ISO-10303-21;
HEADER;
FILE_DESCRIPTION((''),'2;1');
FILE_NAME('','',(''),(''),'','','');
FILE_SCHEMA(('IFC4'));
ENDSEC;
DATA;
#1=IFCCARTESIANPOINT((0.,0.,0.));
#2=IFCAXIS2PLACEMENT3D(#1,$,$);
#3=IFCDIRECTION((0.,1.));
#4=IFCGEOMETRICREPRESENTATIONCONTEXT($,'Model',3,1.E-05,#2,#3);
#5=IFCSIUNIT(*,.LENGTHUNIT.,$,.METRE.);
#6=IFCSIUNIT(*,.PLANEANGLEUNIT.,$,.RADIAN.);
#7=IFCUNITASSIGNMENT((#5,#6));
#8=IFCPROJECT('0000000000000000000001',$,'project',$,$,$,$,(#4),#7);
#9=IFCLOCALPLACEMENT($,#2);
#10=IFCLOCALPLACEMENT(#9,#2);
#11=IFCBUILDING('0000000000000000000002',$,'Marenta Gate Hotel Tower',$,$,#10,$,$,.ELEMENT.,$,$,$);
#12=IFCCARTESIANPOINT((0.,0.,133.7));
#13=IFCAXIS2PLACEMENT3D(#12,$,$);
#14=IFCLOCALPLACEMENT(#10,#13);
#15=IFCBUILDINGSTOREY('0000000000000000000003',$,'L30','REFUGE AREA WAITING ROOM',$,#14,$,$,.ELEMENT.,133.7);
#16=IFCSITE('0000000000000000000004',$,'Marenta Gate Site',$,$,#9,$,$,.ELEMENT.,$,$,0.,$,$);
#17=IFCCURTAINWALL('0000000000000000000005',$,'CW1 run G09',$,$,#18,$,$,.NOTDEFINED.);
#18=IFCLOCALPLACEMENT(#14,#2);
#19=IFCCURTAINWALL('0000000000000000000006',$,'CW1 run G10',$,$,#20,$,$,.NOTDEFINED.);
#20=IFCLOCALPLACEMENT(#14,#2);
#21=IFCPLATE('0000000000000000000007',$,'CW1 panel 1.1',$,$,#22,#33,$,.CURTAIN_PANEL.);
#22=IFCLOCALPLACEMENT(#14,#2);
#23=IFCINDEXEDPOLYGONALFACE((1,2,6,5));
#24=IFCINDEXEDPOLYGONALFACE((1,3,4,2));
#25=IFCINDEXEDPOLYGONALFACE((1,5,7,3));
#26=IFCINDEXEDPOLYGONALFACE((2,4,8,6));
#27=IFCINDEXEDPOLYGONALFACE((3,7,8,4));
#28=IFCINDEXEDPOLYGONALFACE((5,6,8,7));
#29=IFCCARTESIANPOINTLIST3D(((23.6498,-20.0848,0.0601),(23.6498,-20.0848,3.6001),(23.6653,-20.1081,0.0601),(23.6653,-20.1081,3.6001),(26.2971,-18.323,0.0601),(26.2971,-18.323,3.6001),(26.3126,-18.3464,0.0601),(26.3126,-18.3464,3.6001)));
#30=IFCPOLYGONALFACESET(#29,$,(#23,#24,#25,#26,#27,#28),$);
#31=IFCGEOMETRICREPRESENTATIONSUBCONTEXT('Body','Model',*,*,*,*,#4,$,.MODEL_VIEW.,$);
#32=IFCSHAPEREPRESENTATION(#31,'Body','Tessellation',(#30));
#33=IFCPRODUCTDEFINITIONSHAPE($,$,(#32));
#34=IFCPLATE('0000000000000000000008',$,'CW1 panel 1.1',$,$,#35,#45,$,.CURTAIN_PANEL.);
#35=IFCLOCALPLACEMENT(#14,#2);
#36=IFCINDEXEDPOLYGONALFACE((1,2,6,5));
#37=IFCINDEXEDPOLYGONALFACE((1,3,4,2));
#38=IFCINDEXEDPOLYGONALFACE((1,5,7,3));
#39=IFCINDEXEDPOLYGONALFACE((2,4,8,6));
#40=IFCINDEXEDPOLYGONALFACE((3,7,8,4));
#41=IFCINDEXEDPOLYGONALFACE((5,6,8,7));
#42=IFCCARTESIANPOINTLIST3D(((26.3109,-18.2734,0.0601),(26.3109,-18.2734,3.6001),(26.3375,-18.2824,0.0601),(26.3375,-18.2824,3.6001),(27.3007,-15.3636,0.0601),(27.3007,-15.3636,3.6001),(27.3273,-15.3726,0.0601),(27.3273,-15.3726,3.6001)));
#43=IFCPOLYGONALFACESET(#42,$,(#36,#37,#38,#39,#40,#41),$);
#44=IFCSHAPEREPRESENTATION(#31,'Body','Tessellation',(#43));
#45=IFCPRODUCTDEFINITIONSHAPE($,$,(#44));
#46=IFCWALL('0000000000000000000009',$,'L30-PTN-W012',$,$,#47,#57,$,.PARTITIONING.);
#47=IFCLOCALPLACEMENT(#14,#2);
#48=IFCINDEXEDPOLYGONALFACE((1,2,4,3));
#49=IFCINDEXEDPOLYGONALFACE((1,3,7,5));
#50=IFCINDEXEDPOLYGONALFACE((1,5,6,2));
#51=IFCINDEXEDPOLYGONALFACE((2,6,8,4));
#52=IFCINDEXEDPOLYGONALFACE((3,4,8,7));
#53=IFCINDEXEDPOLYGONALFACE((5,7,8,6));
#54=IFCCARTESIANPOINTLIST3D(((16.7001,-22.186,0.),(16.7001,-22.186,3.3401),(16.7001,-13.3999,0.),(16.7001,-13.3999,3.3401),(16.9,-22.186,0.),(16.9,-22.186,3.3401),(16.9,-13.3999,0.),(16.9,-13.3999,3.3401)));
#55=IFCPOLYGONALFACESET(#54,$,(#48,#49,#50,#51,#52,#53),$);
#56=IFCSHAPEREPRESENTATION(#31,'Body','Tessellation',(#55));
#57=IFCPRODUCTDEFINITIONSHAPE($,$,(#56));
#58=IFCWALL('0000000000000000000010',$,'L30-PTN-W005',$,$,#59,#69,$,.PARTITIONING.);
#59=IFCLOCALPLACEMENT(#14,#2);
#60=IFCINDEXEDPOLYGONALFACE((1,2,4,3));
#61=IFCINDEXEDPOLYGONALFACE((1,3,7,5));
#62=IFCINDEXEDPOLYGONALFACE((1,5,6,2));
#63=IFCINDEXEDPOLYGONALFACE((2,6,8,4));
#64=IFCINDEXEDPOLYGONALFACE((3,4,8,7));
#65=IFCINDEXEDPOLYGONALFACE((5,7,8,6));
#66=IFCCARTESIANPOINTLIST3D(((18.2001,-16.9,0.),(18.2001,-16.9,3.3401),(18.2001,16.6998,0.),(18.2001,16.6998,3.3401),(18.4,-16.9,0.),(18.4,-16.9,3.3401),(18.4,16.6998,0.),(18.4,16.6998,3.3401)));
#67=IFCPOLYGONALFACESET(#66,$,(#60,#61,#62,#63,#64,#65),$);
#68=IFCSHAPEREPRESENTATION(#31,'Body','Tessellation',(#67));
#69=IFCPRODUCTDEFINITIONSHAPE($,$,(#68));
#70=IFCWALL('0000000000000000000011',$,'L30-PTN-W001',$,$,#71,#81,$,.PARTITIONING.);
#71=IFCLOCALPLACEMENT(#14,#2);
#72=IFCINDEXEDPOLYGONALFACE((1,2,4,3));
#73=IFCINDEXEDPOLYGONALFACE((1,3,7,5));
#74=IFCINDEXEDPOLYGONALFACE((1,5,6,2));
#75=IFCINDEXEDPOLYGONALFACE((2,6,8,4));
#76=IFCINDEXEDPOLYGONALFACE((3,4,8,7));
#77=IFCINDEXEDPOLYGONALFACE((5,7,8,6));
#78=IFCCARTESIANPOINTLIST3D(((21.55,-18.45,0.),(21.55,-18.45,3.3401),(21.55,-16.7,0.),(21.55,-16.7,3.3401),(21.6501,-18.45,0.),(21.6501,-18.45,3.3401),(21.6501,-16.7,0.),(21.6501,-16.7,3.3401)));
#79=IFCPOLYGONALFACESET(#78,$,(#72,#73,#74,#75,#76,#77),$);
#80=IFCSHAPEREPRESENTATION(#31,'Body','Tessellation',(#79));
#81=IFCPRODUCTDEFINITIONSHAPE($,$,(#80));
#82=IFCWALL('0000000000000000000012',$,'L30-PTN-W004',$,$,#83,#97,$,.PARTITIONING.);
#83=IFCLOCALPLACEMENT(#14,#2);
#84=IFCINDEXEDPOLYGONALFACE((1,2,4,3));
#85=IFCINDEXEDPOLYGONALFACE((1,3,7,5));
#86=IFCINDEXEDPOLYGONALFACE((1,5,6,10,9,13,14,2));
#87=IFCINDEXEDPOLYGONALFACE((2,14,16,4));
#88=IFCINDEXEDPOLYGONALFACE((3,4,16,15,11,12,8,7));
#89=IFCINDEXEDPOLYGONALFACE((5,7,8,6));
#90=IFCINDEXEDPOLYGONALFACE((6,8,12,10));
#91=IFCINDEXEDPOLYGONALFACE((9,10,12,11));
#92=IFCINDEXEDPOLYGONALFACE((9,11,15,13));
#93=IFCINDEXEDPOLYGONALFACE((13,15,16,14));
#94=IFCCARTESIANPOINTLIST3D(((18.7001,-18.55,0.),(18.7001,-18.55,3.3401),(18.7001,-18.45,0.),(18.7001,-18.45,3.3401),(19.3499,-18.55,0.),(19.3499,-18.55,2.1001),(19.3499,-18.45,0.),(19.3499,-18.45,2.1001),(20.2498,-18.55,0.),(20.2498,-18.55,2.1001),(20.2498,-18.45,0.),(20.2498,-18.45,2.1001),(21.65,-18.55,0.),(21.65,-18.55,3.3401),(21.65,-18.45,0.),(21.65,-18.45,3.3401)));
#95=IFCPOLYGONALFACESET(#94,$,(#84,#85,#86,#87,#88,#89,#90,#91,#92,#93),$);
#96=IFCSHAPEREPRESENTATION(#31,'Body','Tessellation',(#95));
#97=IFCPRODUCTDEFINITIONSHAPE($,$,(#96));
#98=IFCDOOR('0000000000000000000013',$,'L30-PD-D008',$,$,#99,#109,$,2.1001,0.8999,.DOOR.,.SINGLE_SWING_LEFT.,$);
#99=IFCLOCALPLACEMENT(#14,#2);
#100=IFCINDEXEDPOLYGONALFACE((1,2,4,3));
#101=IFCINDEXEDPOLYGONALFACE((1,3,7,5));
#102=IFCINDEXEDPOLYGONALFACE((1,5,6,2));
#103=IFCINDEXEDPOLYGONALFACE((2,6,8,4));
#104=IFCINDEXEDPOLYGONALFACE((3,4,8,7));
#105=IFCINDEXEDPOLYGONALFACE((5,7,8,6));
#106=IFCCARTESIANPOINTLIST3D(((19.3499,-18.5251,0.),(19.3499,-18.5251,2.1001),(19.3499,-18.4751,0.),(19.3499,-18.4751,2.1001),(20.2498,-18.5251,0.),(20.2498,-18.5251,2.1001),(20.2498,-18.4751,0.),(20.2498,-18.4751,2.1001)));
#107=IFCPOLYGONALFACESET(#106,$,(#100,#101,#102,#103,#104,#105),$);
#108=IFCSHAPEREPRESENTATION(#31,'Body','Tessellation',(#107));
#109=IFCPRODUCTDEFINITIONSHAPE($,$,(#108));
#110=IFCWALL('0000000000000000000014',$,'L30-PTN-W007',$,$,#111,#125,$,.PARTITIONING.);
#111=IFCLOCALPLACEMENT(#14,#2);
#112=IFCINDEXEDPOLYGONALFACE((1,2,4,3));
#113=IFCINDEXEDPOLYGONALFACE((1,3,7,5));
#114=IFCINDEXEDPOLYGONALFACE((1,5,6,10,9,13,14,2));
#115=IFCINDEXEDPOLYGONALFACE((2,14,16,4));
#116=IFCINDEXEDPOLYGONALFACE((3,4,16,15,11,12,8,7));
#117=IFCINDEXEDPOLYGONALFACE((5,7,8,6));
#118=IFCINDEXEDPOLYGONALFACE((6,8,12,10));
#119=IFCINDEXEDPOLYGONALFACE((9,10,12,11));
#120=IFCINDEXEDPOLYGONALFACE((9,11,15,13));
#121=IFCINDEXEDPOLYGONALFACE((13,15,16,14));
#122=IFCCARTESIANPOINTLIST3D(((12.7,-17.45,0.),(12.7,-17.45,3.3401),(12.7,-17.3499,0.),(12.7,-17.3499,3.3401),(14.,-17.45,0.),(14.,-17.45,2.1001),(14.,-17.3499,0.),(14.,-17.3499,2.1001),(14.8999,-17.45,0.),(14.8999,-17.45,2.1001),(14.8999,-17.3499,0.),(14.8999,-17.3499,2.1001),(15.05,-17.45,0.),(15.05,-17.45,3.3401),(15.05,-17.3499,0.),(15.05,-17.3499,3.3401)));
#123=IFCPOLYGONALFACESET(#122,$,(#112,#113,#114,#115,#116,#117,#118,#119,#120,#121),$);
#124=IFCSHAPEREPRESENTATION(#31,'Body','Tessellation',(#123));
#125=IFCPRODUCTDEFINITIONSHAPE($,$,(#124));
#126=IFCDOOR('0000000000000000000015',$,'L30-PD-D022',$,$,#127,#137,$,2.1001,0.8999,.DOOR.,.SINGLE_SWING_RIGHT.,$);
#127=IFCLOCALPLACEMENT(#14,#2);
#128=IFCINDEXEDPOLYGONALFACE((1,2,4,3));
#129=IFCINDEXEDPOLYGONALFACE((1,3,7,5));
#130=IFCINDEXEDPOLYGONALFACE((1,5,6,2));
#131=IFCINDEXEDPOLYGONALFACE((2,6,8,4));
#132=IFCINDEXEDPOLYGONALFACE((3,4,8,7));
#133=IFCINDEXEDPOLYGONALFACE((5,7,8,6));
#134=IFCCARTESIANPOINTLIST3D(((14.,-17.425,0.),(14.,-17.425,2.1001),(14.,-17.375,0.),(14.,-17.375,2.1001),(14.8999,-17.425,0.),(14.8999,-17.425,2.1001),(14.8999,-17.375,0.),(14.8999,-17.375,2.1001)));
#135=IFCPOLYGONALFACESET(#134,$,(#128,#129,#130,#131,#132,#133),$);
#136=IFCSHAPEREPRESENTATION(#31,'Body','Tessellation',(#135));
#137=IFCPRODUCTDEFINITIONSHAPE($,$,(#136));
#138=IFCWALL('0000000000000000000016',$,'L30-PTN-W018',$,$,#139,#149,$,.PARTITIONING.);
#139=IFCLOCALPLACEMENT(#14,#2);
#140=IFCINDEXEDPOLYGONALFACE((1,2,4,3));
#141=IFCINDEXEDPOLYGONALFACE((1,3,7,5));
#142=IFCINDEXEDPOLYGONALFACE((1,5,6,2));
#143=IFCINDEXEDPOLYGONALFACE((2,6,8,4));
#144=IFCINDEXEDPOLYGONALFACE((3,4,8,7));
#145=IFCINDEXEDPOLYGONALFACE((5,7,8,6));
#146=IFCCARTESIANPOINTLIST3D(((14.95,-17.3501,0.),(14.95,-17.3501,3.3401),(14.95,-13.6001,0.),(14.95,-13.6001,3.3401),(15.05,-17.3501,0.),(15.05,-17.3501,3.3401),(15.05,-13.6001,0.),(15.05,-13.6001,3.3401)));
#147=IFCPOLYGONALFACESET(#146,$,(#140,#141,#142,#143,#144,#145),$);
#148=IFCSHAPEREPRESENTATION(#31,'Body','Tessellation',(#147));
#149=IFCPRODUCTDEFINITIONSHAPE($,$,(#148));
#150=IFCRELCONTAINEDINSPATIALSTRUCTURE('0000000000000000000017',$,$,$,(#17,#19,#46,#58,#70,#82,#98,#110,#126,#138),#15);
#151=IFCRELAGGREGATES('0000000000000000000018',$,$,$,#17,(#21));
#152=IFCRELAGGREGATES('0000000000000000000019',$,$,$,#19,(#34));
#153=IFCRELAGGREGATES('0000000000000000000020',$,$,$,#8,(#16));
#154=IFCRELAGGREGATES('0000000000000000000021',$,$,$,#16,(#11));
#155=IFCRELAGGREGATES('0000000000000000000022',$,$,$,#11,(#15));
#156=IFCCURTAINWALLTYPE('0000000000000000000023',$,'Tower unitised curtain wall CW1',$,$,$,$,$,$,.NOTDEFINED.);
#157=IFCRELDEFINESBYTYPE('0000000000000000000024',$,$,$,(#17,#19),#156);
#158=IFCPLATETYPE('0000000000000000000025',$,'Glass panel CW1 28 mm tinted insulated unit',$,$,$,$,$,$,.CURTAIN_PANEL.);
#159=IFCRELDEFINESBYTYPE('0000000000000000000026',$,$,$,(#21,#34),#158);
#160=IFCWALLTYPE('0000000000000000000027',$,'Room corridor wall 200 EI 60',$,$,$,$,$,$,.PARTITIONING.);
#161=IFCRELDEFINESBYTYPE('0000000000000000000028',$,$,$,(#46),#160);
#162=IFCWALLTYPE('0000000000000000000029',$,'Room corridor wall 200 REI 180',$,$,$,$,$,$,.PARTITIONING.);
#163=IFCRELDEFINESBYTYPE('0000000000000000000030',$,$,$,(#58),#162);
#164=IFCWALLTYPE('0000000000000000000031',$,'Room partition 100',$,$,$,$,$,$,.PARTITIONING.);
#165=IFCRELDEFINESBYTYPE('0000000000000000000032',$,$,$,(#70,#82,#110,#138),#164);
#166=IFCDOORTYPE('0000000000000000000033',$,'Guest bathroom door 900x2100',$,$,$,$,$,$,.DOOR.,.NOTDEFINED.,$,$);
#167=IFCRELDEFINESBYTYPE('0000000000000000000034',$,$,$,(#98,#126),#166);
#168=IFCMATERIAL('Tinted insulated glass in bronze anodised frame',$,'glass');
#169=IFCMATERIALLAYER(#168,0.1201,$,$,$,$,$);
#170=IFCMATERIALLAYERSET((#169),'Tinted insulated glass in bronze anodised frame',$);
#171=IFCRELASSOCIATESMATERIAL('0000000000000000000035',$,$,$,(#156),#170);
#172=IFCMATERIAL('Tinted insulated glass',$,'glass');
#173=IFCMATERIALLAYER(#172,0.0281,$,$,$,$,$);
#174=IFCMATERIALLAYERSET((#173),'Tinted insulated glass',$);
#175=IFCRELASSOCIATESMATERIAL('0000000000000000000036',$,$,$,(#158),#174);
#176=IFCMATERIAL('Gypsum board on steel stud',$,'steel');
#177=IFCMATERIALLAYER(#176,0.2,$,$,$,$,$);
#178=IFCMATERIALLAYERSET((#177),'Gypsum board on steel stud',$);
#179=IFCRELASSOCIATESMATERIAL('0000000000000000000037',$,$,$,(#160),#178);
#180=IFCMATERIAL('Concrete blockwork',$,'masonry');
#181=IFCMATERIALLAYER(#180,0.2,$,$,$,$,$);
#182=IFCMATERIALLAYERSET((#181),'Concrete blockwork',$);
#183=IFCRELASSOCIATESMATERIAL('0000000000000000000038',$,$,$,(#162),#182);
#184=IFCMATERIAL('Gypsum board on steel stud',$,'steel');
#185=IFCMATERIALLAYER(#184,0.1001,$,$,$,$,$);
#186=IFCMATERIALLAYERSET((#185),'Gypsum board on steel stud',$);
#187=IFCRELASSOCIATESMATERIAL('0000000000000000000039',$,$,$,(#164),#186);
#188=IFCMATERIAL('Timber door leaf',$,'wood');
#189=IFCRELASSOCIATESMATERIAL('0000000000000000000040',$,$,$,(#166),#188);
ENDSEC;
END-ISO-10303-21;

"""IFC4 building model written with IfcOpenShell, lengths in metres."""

from ifc_helpers import new_model, si_unit, direction, frame, frame_2d, origin, origin_2d, place, context, subcontext, project, spatial, rectangle, extrude, material, layer, layer_set, type_object, element, fill, aggregate, save


model = new_model("IFC4")

# Units and contexts
model_context = context("Model", 3, precision=1e-05, world=origin(), true_north=direction((0.0, 1.0)))
body_context = subcontext(model_context, "Body", "Model", "MODEL_VIEW")
ifc_project = project(units=[si_unit("LENGTHUNIT", "METRE"), si_unit("PLANEANGLEUNIT", "RADIAN")], contexts=[model_context])

# Site, building, storey
site_placement = place(None, origin())
site = spatial("IfcSite", under=ifc_project, at=site_placement, Name="Marenta Gate Site", CompositionType="ELEMENT", RefElevation=0.0)
building_placement = place(site_placement, origin())
building = spatial("IfcBuilding", under=site, at=building_placement, Name="Marenta Gate Hotel Tower", CompositionType="ELEMENT")
storey_placement = place(building_placement, frame((0.0, 0.0, 133.7)))
storey = spatial("IfcBuildingStorey", under=building, at=storey_placement, Name="L30", Description="REFUGE AREA WAITING ROOM", CompositionType="ELEMENT", Elevation=133.7)

# Shared definitions
ifc_material_1 = material(Name="Tinted insulated glass in bronze anodised frame", Category="glass")
ifc_layer_1 = layer(ifc_material_1, 0.1201)
ifc_layer_set_1 = layer_set([ifc_layer_1], Name="Tinted insulated glass in bronze anodised frame")
curtain_wall_type = type_object("IfcCurtainWallType", Name="Tower unitised curtain wall CW1", PredefinedType="NOTDEFINED", material=ifc_layer_set_1)

# Curtain walls
curtain_wall_1_placement = place(storey_placement, origin())
curtain_wall_1 = element("IfcCurtainWall", 1, at=curtain_wall_1_placement, inside=storey, type_object=curtain_wall_type, Name="CW1 run G09", PredefinedType="NOTDEFINED")
curtain_wall_2_placement = place(storey_placement, origin())
curtain_wall_2 = element("IfcCurtainWall", 2, at=curtain_wall_2_placement, inside=storey, type_object=curtain_wall_type, Name="CW1 run G10", PredefinedType="NOTDEFINED")

# Plates
ifc_material_2 = material(Name="Tinted insulated glass", Category="glass")
ifc_layer_2 = layer(ifc_material_2, 0.0281)
ifc_layer_set_2 = layer_set([ifc_layer_2], Name="Tinted insulated glass")
plate_type = type_object("IfcPlateType", Name="Glass panel CW1 28 mm tinted insulated unit", PredefinedType="CURTAIN_PANEL", material=ifc_layer_set_2)
plate_1_placement = place(storey_placement, frame((24.9812, -19.2156, 0.0601), z_axis=(0.0, 0.0, 1.0), x_axis=(0.832506, 0.554016, 0.0)))
plate_1 = element("IfcPlate", 3, at=plate_1_placement, type_object=plate_type, Name="CW1 panel 1.1", PredefinedType="CURTAIN_PANEL", context=body_context, shape_type="SweptSolid", body=[
    extrude(rectangle(XDim=3.1799, YDim=0.0281, at=origin_2d()), origin(), (0.0, 0.0, 1.0), 3.54),
])
aggregate(curtain_wall_1, [plate_1])
plate_2_placement = place(storey_placement, frame((26.8191, -16.823, 0.0601), z_axis=(0.0, 0.0, 1.0), x_axis=(0.322033, 0.946728, 0.0)))
plate_2 = element("IfcPlate", 4, at=plate_2_placement, type_object=plate_type, Name="CW1 panel 1.1", PredefinedType="CURTAIN_PANEL", context=body_context, shape_type="SweptSolid", body=[
    extrude(rectangle(XDim=3.0735, YDim=0.0281, at=origin_2d()), origin(), (0.0, 0.0, 1.0), 3.54),
])
aggregate(curtain_wall_2, [plate_2])

# Shared definitions
ifc_material_3 = material(Name="Gypsum board on steel stud", Category="steel")
ifc_layer_3 = layer(ifc_material_3, 0.2)
ifc_layer_set_3 = layer_set([ifc_layer_3], Name="Gypsum board on steel stud")
wall_type_1 = type_object("IfcWallType", Name="Room corridor wall 200 EI 60", PredefinedType="PARTITIONING", material=ifc_layer_set_3)

# Walls
wall_1_placement = place(storey_placement, frame((16.8, -22.186, 0.0), z_axis=(0.0, 0.0, 1.0), x_axis=(0.0, 1.0, 0.0)))
element("IfcWall", 5, at=wall_1_placement, inside=storey, type_object=wall_type_1, Name="L30-PTN-W012", PredefinedType="PARTITIONING", context=body_context, shape_type="SweptSolid", body=[
    extrude(rectangle(XDim=8.7861, YDim=0.2, at=frame_2d((4.3931, 0.0))), origin(), (0.0, 0.0, 1.0), 3.3401),
])
ifc_material_4 = material(Name="Concrete blockwork", Category="masonry")
ifc_layer_4 = layer(ifc_material_4, 0.2)
ifc_layer_set_4 = layer_set([ifc_layer_4], Name="Concrete blockwork")
wall_type_2 = type_object("IfcWallType", Name="Room corridor wall 200 REI 180", PredefinedType="PARTITIONING", material=ifc_layer_set_4)
wall_2_placement = place(storey_placement, frame((18.3, -16.8999, 0.0), z_axis=(0.0, 0.0, 1.0), x_axis=(0.0, 1.0, 0.0)))
element("IfcWall", 6, at=wall_2_placement, inside=storey, type_object=wall_type_2, Name="L30-PTN-W005", PredefinedType="PARTITIONING", context=body_context, shape_type="SweptSolid", body=[
    extrude(rectangle(XDim=33.5999, YDim=0.2, at=frame_2d((16.7998, 0.0))), origin(), (0.0, 0.0, 1.0), 3.3401),
])
ifc_material_5 = material(Name="Gypsum board on steel stud", Category="steel")
ifc_layer_5 = layer(ifc_material_5, 0.1001)
ifc_layer_set_5 = layer_set([ifc_layer_5], Name="Gypsum board on steel stud")
wall_type_3 = type_object("IfcWallType", Name="Room partition 100", PredefinedType="PARTITIONING", material=ifc_layer_set_5)
wall_3_placement = place(storey_placement, frame((21.6001, -18.45, 0.0), z_axis=(0.0, 0.0, 1.0), x_axis=(0.0, 1.0, 0.0)))
element("IfcWall", 7, at=wall_3_placement, inside=storey, type_object=wall_type_3, Name="L30-PTN-W001", PredefinedType="PARTITIONING", context=body_context, shape_type="SweptSolid", body=[
    extrude(rectangle(XDim=1.75, YDim=0.1001, at=frame_2d((0.875, 0.0))), origin(), (0.0, 0.0, 1.0), 3.3401),
])

# Walls, openings, doors
wall_4_placement = place(storey_placement, frame((18.7, -18.5, 0.0), z_axis=(0.0, 0.0, 1.0), x_axis=(1.0, 0.0, 0.0)))
wall_4 = element("IfcWall", 8, at=wall_4_placement, inside=storey, type_object=wall_type_3, Name="L30-PTN-W004", PredefinedType="PARTITIONING", context=body_context, shape_type="SweptSolid", body=[
    extrude(rectangle(XDim=2.95, YDim=0.1001, at=frame_2d((1.4751, 0.0))), origin(), (0.0, 0.0, 1.0), 3.3401),
])
opening_1_placement = place(wall_4_placement, frame((0.6499, 0.0, 0.0)))
opening_1 = element("IfcOpeningElement", 9, at=opening_1_placement, cuts=wall_4, PredefinedType="OPENING", context=body_context, shape_type="SweptSolid", body=[
    extrude(rectangle(XDim=0.8999, YDim=2.1001, at=frame_2d((0.45, 1.05))), frame((0.0, 0.05, 0.0), z_axis=(0.0, -1.0, 0.0), x_axis=(1.0, 0.0, 0.0)), (0.0, 0.0, 1.0), 0.1001),
])
ifc_material_6 = material(Name="Timber door leaf", Category="wood")
door_type_1 = type_object("IfcDoorType", Name="Guest bathroom door 900x2100", OperationType="NOTDEFINED", PredefinedType="DOOR", material=ifc_material_6)
door_1_placement = place(opening_1_placement, origin())
door_1 = element("IfcDoor", 10, at=door_1_placement, inside=storey, type_object=door_type_1, Name="L30-PD-D008", OperationType="SINGLE_SWING_LEFT", OverallHeight=2.1001, OverallWidth=0.8999, PredefinedType="DOOR", context=body_context, shape_type="SweptSolid", body=[
    extrude(rectangle(XDim=0.8999, YDim=2.1001, at=frame_2d((0.45, 1.05))), frame((0.0, 0.0249, 0.0), z_axis=(0.0, -1.0, 0.0), x_axis=(1.0, 0.0, 0.0)), (0.0, 0.0, 1.0), 0.05),
])
fill(opening_1, door_1)
wall_5_placement = place(storey_placement, frame((12.7, -17.3999, 0.0), z_axis=(0.0, 0.0, 1.0), x_axis=(1.0, 0.0, 0.0)))
wall_5 = element("IfcWall", 11, at=wall_5_placement, inside=storey, type_object=wall_type_3, Name="L30-PTN-W007", PredefinedType="PARTITIONING", context=body_context, shape_type="SweptSolid", body=[
    extrude(rectangle(XDim=2.3501, YDim=0.1001, at=frame_2d((1.175, 0.0))), origin(), (0.0, 0.0, 1.0), 3.3401),
])
opening_2_placement = place(wall_5_placement, frame((1.3, 0.0, 0.0)))
opening_2 = element("IfcOpeningElement", 12, at=opening_2_placement, cuts=wall_5, PredefinedType="OPENING", context=body_context, shape_type="SweptSolid", body=[
    extrude(rectangle(XDim=0.8999, YDim=2.1001, at=frame_2d((0.45, 1.05))), frame((0.0, 0.05, 0.0), z_axis=(0.0, -1.0, 0.0), x_axis=(1.0, 0.0, 0.0)), (0.0, 0.0, 1.0), 0.1001),
])
door_2_placement = place(opening_2_placement, origin())
door_2 = element("IfcDoor", 13, at=door_2_placement, inside=storey, type_object=door_type_1, Name="L30-PD-D022", OperationType="SINGLE_SWING_RIGHT", OverallHeight=2.1001, OverallWidth=0.8999, PredefinedType="DOOR", context=body_context, shape_type="SweptSolid", body=[
    extrude(rectangle(XDim=0.8999, YDim=2.1001, at=frame_2d((0.45, 1.05))), frame((0.0, 0.0249, 0.0), z_axis=(0.0, -1.0, 0.0), x_axis=(1.0, 0.0, 0.0)), (0.0, 0.0, 1.0), 0.05),
])
fill(opening_2, door_2)

# Wall
wall_6_placement = place(storey_placement, frame((15.0, -17.3501, 0.0), z_axis=(0.0, 0.0, 1.0), x_axis=(0.0, 1.0, 0.0)))
element("IfcWall", 14, at=wall_6_placement, inside=storey, type_object=wall_type_3, Name="L30-PTN-W018", PredefinedType="PARTITIONING", context=body_context, shape_type="SweptSolid", body=[
    extrude(rectangle(XDim=3.75, YDim=0.1001, at=frame_2d((1.875, 0.0))), origin(), (0.0, 0.0, 1.0), 3.3401),
])

save(model, "model.ifc")
